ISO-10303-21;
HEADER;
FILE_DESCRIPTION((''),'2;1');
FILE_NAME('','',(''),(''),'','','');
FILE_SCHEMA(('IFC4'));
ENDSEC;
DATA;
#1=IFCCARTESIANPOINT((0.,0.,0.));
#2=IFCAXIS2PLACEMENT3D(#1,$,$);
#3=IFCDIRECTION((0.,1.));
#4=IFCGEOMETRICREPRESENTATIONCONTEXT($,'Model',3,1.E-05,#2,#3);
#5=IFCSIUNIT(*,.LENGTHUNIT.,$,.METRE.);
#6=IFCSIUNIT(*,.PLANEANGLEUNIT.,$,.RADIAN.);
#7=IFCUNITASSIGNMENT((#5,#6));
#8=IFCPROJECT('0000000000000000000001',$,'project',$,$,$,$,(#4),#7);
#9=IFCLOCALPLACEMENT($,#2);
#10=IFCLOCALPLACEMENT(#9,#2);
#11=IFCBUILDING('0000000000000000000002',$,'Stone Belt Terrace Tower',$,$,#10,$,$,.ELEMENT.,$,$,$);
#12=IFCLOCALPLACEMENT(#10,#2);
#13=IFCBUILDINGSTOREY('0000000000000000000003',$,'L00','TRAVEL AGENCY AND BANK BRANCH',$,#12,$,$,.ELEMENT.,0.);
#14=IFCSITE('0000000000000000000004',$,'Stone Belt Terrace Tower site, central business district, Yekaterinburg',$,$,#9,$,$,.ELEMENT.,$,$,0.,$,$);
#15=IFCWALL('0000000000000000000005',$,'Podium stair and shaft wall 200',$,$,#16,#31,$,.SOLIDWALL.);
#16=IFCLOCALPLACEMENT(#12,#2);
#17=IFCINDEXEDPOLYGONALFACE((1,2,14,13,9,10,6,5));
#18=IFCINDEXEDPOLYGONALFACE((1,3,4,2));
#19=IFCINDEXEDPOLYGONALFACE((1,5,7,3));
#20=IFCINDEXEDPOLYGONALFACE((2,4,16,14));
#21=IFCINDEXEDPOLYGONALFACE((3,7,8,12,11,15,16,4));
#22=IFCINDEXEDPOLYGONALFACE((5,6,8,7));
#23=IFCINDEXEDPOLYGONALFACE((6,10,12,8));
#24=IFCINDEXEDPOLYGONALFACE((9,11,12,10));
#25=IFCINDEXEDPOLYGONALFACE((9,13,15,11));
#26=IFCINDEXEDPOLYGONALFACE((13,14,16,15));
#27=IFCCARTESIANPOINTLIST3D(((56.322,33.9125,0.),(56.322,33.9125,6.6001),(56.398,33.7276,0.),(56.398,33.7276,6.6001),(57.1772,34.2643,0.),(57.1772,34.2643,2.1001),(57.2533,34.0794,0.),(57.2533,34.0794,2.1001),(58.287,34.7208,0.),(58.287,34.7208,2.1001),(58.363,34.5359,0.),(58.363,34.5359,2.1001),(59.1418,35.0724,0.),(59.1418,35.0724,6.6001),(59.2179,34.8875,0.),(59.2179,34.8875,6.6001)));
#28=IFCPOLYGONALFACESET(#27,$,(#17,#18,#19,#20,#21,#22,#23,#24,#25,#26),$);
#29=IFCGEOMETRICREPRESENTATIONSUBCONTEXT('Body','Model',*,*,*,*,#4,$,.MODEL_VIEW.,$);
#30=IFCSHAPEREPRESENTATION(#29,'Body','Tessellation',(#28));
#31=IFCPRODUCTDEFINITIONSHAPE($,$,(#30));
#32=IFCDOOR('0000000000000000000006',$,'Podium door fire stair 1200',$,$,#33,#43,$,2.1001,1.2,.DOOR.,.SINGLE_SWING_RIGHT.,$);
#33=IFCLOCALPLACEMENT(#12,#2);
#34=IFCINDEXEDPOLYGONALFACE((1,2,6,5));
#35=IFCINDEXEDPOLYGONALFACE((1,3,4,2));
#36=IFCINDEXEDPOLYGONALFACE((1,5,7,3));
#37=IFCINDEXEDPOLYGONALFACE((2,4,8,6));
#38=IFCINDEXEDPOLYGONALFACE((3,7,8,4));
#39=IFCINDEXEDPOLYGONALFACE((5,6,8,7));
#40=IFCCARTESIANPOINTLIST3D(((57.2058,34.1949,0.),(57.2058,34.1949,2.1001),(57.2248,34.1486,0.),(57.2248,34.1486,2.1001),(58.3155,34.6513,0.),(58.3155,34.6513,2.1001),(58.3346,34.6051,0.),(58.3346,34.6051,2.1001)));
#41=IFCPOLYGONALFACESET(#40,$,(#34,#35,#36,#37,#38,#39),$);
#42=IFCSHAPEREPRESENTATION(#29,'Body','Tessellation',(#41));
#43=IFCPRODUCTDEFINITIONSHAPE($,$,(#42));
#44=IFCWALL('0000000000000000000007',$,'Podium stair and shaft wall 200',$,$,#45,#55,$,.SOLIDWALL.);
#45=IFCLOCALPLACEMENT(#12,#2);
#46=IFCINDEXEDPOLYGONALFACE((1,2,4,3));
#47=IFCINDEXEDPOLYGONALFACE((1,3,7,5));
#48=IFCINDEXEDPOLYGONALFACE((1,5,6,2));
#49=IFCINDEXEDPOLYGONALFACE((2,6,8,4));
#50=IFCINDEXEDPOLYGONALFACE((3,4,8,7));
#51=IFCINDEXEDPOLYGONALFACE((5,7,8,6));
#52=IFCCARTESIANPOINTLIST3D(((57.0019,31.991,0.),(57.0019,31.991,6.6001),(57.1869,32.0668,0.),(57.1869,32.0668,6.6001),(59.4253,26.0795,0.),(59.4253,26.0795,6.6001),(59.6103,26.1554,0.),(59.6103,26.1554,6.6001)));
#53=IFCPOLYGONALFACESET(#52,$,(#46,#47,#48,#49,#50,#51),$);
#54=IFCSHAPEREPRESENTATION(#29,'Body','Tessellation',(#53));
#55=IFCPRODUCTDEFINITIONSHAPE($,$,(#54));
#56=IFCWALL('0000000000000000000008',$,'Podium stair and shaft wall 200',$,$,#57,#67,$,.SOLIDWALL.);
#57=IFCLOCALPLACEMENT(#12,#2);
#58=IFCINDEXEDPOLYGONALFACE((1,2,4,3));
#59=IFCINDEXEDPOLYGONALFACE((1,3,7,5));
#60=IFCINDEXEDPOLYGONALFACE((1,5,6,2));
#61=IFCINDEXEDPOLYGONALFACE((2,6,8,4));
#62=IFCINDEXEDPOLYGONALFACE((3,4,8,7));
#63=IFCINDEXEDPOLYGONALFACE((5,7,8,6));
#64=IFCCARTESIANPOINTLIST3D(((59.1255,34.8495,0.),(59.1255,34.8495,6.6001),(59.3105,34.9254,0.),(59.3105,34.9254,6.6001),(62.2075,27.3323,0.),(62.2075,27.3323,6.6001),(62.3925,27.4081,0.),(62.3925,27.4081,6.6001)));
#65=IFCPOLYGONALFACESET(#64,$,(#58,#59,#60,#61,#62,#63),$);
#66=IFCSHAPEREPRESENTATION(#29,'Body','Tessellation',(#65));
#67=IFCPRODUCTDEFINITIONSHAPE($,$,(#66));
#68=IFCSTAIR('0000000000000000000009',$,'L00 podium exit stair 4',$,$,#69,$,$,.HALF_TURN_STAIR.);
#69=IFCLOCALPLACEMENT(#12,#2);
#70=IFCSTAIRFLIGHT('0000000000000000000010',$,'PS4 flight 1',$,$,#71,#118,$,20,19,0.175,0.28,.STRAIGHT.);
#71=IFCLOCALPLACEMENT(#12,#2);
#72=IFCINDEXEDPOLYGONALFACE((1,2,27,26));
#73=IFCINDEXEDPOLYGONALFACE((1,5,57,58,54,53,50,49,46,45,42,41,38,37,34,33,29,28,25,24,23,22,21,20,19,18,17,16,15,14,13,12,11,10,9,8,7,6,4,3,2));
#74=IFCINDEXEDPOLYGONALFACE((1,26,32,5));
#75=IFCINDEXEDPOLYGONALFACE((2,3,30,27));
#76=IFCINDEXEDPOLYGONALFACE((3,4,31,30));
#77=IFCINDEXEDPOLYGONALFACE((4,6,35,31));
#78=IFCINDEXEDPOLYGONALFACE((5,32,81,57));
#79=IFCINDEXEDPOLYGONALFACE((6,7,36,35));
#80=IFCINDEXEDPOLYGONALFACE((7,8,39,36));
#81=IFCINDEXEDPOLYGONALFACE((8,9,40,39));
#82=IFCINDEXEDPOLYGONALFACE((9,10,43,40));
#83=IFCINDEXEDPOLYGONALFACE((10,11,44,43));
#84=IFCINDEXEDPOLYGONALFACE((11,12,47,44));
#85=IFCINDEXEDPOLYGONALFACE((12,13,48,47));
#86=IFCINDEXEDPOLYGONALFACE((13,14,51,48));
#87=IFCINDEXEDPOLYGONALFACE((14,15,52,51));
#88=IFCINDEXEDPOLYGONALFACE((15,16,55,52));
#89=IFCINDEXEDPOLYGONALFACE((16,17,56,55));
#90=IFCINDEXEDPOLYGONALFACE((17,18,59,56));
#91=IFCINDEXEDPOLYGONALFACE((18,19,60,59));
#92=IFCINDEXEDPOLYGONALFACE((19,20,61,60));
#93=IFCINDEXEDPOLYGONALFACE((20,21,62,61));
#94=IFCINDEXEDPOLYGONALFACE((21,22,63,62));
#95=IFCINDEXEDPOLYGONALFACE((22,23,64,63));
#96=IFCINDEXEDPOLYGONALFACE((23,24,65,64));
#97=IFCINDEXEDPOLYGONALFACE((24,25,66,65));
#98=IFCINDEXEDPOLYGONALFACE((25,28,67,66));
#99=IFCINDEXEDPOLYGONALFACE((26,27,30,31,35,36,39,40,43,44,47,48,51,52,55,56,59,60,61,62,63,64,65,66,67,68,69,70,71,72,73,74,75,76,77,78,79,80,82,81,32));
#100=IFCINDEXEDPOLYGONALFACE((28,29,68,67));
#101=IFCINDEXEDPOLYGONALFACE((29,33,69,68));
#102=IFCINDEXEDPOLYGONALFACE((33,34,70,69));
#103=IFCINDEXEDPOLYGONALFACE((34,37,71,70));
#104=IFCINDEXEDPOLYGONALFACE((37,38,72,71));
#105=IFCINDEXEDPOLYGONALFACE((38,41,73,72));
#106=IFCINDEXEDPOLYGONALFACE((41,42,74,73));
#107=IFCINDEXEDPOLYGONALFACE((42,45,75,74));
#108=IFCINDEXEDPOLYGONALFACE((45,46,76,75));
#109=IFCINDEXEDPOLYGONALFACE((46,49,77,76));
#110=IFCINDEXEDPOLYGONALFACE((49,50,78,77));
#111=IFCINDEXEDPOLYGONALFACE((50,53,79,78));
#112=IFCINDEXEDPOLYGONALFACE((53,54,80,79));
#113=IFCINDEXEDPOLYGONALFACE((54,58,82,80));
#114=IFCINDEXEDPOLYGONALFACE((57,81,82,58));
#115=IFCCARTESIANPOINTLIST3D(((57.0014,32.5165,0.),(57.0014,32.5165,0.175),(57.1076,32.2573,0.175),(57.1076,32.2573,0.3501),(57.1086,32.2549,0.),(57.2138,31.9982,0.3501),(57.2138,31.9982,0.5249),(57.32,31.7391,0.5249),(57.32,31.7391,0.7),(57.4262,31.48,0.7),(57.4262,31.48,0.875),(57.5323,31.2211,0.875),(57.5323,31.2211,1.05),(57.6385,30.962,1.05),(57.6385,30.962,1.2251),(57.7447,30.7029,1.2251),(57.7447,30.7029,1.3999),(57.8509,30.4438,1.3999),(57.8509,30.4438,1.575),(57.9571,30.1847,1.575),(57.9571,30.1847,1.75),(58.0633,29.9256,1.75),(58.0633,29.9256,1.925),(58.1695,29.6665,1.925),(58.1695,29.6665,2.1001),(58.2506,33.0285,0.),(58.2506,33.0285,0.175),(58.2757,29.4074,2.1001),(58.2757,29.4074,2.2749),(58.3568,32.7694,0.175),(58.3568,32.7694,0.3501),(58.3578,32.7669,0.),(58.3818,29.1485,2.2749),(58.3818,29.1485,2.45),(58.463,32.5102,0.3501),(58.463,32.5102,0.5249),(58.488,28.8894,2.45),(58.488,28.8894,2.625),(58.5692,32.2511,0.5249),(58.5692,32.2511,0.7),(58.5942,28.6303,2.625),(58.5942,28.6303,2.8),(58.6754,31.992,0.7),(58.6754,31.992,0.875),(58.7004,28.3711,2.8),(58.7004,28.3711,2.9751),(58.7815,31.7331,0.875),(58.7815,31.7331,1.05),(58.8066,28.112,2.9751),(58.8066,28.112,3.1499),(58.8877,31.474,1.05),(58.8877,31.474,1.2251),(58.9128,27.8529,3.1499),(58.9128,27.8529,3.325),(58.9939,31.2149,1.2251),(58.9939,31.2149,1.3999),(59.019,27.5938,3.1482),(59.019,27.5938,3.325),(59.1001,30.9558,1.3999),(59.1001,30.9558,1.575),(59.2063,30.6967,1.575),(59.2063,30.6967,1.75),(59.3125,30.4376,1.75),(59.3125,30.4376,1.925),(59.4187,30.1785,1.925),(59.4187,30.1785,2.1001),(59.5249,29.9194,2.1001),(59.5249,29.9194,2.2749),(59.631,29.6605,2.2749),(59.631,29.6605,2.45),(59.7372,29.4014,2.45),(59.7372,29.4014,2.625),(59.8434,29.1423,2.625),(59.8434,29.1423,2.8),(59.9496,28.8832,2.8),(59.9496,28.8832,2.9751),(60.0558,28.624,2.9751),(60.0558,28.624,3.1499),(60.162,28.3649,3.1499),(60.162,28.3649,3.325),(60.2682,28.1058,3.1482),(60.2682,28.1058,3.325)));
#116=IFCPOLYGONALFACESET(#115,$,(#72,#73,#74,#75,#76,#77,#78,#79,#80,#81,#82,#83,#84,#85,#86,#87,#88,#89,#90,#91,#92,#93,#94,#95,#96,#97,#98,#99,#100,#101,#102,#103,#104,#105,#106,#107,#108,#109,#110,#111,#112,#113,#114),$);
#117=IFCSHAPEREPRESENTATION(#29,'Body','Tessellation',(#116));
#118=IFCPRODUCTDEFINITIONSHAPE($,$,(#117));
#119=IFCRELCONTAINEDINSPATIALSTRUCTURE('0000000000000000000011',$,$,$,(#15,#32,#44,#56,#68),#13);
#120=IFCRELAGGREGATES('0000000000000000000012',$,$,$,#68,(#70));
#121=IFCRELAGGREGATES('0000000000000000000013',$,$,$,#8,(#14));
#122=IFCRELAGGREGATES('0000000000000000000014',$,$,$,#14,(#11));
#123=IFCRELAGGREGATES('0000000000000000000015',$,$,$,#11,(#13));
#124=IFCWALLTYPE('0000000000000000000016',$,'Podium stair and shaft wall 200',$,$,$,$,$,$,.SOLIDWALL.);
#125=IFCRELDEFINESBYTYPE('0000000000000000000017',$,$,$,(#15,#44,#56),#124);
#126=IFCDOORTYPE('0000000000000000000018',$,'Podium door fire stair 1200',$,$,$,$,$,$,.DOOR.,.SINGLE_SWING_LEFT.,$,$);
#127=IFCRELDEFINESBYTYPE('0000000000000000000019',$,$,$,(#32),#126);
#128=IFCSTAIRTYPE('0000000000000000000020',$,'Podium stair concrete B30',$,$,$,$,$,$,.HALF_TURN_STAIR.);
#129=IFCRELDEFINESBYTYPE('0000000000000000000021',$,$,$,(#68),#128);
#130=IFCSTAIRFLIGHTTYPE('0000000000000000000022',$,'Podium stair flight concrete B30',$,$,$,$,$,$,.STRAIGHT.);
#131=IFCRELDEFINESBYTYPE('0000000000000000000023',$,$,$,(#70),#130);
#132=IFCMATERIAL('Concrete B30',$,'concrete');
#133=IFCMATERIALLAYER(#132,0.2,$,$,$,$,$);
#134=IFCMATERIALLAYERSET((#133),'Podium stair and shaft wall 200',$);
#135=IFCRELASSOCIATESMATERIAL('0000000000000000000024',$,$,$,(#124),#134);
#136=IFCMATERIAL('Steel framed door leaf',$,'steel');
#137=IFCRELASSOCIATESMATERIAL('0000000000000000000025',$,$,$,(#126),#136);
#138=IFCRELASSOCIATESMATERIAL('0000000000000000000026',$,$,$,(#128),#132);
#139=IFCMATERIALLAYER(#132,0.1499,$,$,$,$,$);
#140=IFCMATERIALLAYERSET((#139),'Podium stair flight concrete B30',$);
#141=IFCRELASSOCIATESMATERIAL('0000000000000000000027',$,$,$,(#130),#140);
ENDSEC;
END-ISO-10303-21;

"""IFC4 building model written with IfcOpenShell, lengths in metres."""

from ifc_helpers import new_model, si_unit, direction, frame, frame_2d, origin, place, context, subcontext, project, spatial, polyline, rectangle, outline, extrude, material, layer, layer_set, type_object, element, fill, aggregate, save


model = new_model("IFC4")

# Units and contexts
model_context = context("Model", 3, precision=1e-05, world=origin(), true_north=direction((0.0, 1.0)))
body_context = subcontext(model_context, "Body", "Model", "MODEL_VIEW")
ifc_project = project(units=[si_unit("LENGTHUNIT", "METRE"), si_unit("PLANEANGLEUNIT", "RADIAN")], contexts=[model_context])

# Site, building, storey
site_placement = place(None, origin())
site = spatial("IfcSite", under=ifc_project, at=site_placement, Name="Stone Belt Terrace Tower site, central business district, Yekaterinburg", CompositionType="ELEMENT", RefElevation=0.0)
building_placement = place(site_placement, origin())
building = spatial("IfcBuilding", under=site, at=building_placement, Name="Stone Belt Terrace Tower", CompositionType="ELEMENT")
storey_placement = place(building_placement, origin())
storey = spatial("IfcBuildingStorey", under=building, at=storey_placement, Name="L00", Description="TRAVEL AGENCY AND BANK BRANCH", CompositionType="ELEMENT", Elevation=0.0)

# Wall, opening, door
ifc_material_1 = material(Name="Steel framed door leaf", Category="steel")
ifc_material_2 = material(Name="Concrete B30", Category="concrete")
ifc_layer_1 = layer(ifc_material_2, 0.2)
ifc_layer_set_1 = layer_set([ifc_layer_1], Name="Podium stair and shaft wall 200")
wall_type_1 = type_object("IfcWallType", Name="Podium stair and shaft wall 200", PredefinedType="SOLIDWALL", material=ifc_layer_set_1)
wall_1_placement = place(storey_placement, frame((56.3601, 33.8201, 0.0), z_axis=(0.0, 0.0, 1.0), x_axis=(0.924816, 0.380416, 0.0)))
wall_1 = element("IfcWall", 1, at=wall_1_placement, inside=storey, type_object=wall_type_1, Name="Podium stair and shaft wall 200", PredefinedType="SOLIDWALL", context=body_context, shape_type="SweptSolid", body=[
    extrude(rectangle(XDim=3.0491, YDim=0.2, at=frame_2d((1.5244, 0.0))), origin(), (0.0, 0.0, 1.0), 6.6001),
])
opening_1_placement = place(wall_1_placement, frame((0.9246, 0.0, 0.0)))
opening_1 = element("IfcOpeningElement", 2, at=opening_1_placement, cuts=wall_1, PredefinedType="OPENING", context=body_context, shape_type="SweptSolid", body=[
    extrude(rectangle(XDim=1.2, YDim=2.1001, at=frame_2d((0.6001, 1.05))), frame((0.0, 0.1099, 0.0), z_axis=(0.0, -1.0, 0.0), x_axis=(1.0, 0.0, 0.0)), (0.0, 0.0, 1.0), 0.22),
])
door_type_1 = type_object("IfcDoorType", Name="Podium door fire stair 1200", OperationType="SINGLE_SWING_LEFT", PredefinedType="DOOR", material=ifc_material_1)
door_1_placement = place(opening_1_placement, origin())
door_1 = element("IfcDoor", 3, at=door_1_placement, inside=storey, type_object=door_type_1, Name="Podium door fire stair 1200", OperationType="SINGLE_SWING_RIGHT", OverallHeight=2.1001, OverallWidth=1.2, PredefinedType="DOOR", context=body_context, shape_type="SweptSolid", body=[
    extrude(rectangle(XDim=1.2, YDim=2.1001, at=frame_2d((0.6001, 1.05))), frame((0.0, 0.0249, 0.0), z_axis=(0.0, -1.0, 0.0), x_axis=(1.0, 0.0, 0.0)), (0.0, 0.0, 1.0), 0.05),
])
fill(opening_1, door_1)

# Walls
wall_2_placement = place(storey_placement, frame((57.0945, 32.0288, 0.0), z_axis=(0.0, 0.0, 1.0), x_axis=(0.37931, -0.92527, 0.0)))
element("IfcWall", 4, at=wall_2_placement, inside=storey, type_object=wall_type_1, Name="Podium stair and shaft wall 200", PredefinedType="SOLIDWALL", context=body_context, shape_type="SweptSolid", body=[
    extrude(rectangle(XDim=6.3889, YDim=0.2, at=frame_2d((3.1943, 0.0))), origin(), (0.0, 0.0, 1.0), 6.6001),
])
wall_3_placement = place(storey_placement, frame((59.218, 34.8875, 0.0), z_axis=(0.0, 0.0, 1.0), x_axis=(0.379345, -0.925255, 0.0)))
element("IfcWall", 5, at=wall_3_placement, inside=storey, type_object=wall_type_1, Name="Podium stair and shaft wall 200", PredefinedType="SOLIDWALL", context=body_context, shape_type="SweptSolid", body=[
    extrude(rectangle(XDim=8.1245, YDim=0.2, at=frame_2d((4.0623, 0.0))), origin(), (0.0, 0.0, 1.0), 6.6001),
])

# Stair, stair flight
stair_type = type_object("IfcStairType", Name="Podium stair concrete B30", PredefinedType="HALF_TURN_STAIR", material=ifc_material_2)
stair_placement = place(storey_placement, origin())
stair = element("IfcStair", 6, at=stair_placement, inside=storey, type_object=stair_type, Name="L00 podium exit stair 4", PredefinedType="HALF_TURN_STAIR")
ifc_layer_2 = layer(ifc_material_2, 0.1499)
ifc_layer_set_2 = layer_set([ifc_layer_2], Name="Podium stair flight concrete B30")
stair_flight_type = type_object("IfcStairFlightType", Name="Podium stair flight concrete B30", PredefinedType="STRAIGHT", material=ifc_layer_set_2)
stair_flight_placement = place(storey_placement, frame((57.626, 32.7725, 0.0), z_axis=(0.0, 0.0, 1.0), x_axis=(0.379243, -0.925297, 0.0)))
stair_flight = element("IfcStairFlight", 7, at=stair_flight_placement, type_object=stair_flight_type, Name="PS4 flight 1", NumberOfRisers=20, NumberOfTreads=19, PredefinedType="STRAIGHT", RiserHeight=0.175, TreadLength=0.28, context=body_context, shape_type="SweptSolid", body=[
    extrude(outline(polyline([(0.0, 0.0), (0.0, 0.175), (0.28, 0.175), (0.28, 0.3501), (0.5601, 0.3501), (0.5601, 0.5249), (0.8401, 0.5249), (0.8401, 0.7), (1.1201, 0.7), (1.1201, 0.875), (1.3999, 0.875), (1.3999, 1.05), (1.6799, 1.05), (1.6799, 1.2251), (1.96, 1.2251), (1.96, 1.3999), (2.24, 1.3999), (2.24, 1.575), (2.52, 1.575), (2.52, 1.75), (2.8, 1.75), (2.8, 1.925), (3.0801, 1.925), (3.0801, 2.1001), (3.3601, 2.1001), (3.3601, 2.2749), (3.6399, 2.2749), (3.6399, 2.45), (3.9199, 2.45), (3.9199, 2.625), (4.2, 2.625), (4.2, 2.8), (4.48, 2.8), (4.48, 2.9751), (4.76, 2.9751), (4.76, 3.1499), (5.04, 3.1499), (5.04, 3.325), (5.3201, 3.325), (5.3201, 3.5), (5.3201, 3.1482), (0.2827, 0.0), (0.0, 0.0)])), frame((0.0, 0.675, 0.0), z_axis=(0.0, -1.0, 0.0), x_axis=(1.0, 0.0, 0.0)), (0.0, 0.0, 1.0), 1.3501),
])
aggregate(stair, [stair_flight])

save(model, "model.ifc")
